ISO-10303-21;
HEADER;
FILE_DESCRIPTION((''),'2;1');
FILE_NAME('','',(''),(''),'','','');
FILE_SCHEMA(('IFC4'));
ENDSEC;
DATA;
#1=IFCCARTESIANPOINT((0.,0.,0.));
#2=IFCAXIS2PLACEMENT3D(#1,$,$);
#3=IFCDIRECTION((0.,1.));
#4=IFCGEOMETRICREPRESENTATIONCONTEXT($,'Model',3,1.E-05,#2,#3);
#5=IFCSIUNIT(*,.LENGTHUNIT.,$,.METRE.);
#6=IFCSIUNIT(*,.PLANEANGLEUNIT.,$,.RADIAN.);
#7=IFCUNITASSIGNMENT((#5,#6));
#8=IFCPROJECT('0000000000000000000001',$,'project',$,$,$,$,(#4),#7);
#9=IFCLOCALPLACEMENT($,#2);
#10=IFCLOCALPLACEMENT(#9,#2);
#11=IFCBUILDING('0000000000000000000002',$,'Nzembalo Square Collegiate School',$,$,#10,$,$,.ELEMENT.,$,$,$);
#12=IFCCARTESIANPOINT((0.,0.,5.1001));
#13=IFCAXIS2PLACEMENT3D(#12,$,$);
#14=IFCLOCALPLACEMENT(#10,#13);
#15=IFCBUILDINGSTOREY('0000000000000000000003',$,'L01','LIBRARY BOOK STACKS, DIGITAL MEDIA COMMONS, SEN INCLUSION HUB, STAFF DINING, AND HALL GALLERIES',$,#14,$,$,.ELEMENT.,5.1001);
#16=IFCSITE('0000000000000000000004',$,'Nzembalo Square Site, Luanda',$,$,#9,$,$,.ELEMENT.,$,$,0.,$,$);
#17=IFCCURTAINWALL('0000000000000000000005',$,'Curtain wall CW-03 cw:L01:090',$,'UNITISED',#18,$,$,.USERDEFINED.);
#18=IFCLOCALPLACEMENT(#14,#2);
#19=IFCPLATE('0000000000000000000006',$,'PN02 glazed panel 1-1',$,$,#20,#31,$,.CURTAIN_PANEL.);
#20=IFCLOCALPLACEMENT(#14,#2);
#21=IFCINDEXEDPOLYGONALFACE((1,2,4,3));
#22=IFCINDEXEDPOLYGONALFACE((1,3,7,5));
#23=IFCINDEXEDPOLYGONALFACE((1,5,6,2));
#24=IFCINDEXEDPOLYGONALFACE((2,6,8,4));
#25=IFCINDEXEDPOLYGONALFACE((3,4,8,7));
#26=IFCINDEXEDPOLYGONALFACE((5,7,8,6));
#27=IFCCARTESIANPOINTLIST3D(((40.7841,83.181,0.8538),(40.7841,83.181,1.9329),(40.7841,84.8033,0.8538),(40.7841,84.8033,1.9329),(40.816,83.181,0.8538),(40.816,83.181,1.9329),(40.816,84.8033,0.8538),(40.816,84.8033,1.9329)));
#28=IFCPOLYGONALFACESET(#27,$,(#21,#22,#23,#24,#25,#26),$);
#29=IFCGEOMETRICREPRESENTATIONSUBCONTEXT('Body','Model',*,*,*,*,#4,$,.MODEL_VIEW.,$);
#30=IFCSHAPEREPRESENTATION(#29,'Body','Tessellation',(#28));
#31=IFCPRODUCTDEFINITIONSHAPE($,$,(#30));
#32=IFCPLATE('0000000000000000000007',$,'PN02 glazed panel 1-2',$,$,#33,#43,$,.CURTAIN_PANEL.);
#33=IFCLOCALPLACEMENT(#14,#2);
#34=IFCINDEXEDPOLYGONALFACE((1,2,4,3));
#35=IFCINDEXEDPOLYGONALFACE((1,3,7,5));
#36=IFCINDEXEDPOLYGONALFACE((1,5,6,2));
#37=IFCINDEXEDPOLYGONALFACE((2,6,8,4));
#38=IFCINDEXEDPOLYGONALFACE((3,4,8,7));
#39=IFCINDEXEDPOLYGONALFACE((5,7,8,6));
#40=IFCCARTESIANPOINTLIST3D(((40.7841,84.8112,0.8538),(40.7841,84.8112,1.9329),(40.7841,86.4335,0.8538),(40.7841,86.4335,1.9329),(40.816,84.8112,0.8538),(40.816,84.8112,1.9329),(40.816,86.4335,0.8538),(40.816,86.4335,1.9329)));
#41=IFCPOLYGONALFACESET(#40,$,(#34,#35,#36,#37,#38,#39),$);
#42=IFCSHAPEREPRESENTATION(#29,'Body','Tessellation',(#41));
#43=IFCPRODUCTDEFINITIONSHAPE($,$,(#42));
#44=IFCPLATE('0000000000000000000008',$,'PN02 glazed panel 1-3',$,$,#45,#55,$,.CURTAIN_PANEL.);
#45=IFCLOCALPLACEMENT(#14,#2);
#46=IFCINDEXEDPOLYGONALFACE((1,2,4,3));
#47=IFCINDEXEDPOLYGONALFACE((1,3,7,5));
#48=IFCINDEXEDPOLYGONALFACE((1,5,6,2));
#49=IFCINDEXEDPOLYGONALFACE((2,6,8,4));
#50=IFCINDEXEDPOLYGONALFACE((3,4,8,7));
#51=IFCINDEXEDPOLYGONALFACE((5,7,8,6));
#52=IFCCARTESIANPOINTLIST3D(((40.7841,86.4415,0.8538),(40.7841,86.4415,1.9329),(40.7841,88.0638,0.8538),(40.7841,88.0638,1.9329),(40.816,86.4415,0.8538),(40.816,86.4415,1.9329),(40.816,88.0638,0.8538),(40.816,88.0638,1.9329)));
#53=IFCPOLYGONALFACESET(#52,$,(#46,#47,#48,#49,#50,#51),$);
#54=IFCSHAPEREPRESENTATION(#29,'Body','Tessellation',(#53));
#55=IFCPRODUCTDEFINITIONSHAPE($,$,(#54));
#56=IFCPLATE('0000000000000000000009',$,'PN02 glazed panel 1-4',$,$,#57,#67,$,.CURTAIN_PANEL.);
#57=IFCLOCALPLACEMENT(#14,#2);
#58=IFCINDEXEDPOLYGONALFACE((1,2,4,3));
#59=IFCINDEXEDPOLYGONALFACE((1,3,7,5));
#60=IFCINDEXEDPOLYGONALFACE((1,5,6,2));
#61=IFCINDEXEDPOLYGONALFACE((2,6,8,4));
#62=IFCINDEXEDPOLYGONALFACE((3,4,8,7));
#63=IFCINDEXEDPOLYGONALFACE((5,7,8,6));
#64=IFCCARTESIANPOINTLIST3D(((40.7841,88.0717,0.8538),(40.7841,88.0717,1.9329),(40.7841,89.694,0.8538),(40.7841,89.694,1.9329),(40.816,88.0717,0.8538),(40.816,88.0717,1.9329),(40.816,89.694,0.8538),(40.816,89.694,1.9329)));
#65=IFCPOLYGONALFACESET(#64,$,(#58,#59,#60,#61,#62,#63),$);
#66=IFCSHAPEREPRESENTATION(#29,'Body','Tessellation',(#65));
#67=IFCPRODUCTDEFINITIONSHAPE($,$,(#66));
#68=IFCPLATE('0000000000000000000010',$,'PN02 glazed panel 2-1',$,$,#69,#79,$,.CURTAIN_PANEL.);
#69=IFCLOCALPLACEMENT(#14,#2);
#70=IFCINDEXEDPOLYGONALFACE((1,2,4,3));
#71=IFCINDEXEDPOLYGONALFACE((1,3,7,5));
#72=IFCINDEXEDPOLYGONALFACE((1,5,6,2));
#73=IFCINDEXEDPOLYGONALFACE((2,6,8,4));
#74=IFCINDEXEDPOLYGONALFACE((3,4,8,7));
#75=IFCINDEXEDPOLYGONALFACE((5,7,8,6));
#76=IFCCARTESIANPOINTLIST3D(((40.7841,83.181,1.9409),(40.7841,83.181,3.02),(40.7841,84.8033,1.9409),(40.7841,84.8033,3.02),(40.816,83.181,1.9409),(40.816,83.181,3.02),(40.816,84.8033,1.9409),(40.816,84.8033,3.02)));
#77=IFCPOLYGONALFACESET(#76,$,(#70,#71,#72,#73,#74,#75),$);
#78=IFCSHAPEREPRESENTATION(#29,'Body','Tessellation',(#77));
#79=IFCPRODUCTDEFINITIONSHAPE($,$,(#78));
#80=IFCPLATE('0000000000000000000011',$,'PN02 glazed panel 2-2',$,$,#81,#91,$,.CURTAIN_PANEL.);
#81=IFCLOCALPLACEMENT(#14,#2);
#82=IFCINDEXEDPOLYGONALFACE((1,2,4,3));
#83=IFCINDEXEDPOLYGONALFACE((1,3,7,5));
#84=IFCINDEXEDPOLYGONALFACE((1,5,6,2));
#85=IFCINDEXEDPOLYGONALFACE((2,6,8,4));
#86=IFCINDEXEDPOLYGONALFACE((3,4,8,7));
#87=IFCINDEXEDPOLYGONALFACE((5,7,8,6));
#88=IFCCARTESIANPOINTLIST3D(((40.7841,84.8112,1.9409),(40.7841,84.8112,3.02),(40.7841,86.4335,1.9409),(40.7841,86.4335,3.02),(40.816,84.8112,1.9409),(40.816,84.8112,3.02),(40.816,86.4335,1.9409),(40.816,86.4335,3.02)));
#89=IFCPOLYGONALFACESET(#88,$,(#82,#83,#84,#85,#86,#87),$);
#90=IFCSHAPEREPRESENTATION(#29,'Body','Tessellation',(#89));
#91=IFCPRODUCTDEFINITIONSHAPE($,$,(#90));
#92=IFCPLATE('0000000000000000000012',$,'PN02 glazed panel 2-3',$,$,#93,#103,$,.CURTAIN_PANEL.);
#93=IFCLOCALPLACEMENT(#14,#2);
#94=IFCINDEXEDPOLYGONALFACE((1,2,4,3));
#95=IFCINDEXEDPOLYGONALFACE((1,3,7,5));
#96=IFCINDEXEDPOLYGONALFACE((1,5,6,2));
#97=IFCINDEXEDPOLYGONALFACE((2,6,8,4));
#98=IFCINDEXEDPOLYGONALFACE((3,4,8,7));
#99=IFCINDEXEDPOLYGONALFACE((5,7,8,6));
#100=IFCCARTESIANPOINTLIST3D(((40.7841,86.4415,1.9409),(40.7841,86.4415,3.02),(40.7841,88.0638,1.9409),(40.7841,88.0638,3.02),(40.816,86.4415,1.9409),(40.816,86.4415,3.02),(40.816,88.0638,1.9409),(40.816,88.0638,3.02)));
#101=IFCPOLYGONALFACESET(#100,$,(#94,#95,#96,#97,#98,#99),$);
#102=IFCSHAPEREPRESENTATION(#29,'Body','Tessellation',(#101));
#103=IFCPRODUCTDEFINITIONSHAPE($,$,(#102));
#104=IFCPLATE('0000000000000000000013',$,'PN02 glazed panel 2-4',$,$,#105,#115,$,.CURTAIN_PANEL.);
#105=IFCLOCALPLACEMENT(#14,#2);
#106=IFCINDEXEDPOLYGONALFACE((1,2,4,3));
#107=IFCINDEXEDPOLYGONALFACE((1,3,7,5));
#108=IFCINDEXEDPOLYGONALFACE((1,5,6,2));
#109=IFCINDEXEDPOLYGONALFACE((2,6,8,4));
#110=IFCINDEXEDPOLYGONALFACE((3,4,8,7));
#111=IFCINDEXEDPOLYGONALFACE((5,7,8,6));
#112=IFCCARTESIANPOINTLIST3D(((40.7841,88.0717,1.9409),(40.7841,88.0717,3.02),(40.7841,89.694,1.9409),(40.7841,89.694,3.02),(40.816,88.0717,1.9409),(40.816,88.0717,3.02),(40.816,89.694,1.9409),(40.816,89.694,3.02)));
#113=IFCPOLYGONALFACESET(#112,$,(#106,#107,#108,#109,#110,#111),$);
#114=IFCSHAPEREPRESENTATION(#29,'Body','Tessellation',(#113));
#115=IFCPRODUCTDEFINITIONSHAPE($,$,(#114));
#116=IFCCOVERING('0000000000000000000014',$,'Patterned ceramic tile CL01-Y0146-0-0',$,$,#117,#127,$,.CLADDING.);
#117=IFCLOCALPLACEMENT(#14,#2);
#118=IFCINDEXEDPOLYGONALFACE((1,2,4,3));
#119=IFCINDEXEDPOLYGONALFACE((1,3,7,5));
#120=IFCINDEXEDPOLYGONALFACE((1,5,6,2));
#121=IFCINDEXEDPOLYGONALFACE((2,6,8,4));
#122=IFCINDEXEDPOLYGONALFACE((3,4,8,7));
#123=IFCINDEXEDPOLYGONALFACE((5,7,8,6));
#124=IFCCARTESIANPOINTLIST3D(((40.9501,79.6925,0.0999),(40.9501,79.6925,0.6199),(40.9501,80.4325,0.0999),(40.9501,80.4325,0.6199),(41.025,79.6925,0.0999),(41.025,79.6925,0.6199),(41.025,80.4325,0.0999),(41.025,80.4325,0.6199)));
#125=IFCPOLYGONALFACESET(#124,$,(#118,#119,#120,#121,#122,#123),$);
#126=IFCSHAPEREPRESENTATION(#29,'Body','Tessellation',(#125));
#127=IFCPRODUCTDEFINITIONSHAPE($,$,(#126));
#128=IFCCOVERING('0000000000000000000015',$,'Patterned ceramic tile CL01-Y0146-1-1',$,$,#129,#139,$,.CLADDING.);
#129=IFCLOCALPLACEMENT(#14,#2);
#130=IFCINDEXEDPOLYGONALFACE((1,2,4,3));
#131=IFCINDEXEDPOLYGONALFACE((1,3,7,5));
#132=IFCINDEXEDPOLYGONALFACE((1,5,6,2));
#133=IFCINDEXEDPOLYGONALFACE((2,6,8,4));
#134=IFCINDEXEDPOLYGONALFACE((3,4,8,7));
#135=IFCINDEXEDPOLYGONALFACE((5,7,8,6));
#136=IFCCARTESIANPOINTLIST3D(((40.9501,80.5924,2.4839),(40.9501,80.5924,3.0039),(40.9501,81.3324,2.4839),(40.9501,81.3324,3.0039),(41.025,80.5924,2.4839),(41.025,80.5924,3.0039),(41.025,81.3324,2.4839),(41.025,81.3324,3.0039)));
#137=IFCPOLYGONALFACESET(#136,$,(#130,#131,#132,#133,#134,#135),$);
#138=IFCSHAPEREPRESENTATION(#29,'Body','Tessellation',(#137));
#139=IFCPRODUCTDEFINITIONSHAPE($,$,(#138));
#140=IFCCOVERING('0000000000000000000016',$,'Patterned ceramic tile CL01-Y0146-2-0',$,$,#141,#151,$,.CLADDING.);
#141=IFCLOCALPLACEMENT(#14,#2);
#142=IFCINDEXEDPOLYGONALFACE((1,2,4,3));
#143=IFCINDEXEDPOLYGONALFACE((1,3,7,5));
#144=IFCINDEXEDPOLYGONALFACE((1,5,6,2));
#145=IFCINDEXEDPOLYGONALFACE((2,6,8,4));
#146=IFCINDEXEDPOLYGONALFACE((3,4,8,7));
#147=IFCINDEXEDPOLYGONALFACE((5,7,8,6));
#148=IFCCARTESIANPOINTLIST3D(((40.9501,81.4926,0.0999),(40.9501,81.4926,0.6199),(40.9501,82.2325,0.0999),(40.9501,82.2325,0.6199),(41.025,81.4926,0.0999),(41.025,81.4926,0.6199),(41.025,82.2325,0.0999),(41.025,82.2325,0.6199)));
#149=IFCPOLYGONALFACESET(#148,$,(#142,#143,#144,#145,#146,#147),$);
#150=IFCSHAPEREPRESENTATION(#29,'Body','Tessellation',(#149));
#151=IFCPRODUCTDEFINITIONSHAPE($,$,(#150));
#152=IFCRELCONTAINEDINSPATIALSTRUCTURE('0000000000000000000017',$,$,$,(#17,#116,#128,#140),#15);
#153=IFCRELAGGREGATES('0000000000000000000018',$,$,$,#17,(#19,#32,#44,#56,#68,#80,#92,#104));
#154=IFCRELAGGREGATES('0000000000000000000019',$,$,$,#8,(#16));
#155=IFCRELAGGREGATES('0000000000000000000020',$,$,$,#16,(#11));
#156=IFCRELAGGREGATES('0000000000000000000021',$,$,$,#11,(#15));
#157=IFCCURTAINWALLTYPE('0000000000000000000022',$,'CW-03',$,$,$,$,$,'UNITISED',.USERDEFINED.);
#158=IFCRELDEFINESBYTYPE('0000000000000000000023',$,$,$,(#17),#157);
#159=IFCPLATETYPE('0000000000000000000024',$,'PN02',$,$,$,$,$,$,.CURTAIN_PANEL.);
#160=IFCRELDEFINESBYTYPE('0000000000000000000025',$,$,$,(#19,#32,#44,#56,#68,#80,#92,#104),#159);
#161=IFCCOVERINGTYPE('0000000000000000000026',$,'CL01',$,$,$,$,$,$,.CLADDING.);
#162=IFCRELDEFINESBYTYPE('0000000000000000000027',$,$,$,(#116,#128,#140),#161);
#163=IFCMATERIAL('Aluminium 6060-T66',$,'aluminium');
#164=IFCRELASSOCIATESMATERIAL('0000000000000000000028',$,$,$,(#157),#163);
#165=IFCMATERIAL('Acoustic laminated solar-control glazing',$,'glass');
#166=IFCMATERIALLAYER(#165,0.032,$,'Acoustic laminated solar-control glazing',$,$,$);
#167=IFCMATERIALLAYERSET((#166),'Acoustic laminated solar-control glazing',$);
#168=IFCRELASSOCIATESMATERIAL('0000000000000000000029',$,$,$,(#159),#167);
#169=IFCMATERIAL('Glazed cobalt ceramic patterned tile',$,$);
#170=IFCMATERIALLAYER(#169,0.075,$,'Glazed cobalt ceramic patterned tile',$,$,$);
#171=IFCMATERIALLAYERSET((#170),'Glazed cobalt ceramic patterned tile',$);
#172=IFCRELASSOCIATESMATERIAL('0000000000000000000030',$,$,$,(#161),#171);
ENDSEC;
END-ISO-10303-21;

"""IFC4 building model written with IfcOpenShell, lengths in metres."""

from ifc_helpers import new_model, si_unit, direction, frame, origin, origin_2d, place, context, subcontext, project, spatial, rectangle, extrude, material, layer, layer_set, type_object, element, aggregate, save


model = new_model("IFC4")

# Units and contexts
model_context = context("Model", 3, precision=1e-05, world=origin(), true_north=direction((0.0, 1.0)))
body_context = subcontext(model_context, "Body", "Model", "MODEL_VIEW")
ifc_project = project(units=[si_unit("LENGTHUNIT", "METRE"), si_unit("PLANEANGLEUNIT", "RADIAN")], contexts=[model_context])

# Site, building, storey
site_placement = place(None, origin())
site = spatial("IfcSite", under=ifc_project, at=site_placement, Name="Nzembalo Square Site, Luanda", CompositionType="ELEMENT", RefElevation=0.0)
building_placement = place(site_placement, origin())
building = spatial("IfcBuilding", under=site, at=building_placement, Name="Nzembalo Square Collegiate School", CompositionType="ELEMENT")
storey_placement = place(building_placement, frame((0.0, 0.0, 5.1001)))
storey = spatial("IfcBuildingStorey", under=building, at=storey_placement, Name="L01", Description="LIBRARY BOOK STACKS, DIGITAL MEDIA COMMONS, SEN INCLUSION HUB, STAFF DINING, AND HALL GALLERIES", CompositionType="ELEMENT", Elevation=5.1001)

# Curtain wall, plates
ifc_material_1 = material(Name="Aluminium 6060-T66", Category="aluminium")
curtain_wall_type = type_object("IfcCurtainWallType", Name="CW-03", ElementType="UNITISED", PredefinedType="USERDEFINED", material=ifc_material_1)
curtain_wall_placement = place(storey_placement, origin())
curtain_wall = element("IfcCurtainWall", 1, at=curtain_wall_placement, inside=storey, type_object=curtain_wall_type, Name="Curtain wall CW-03 cw:L01:090", ObjectType="UNITISED", PredefinedType="USERDEFINED")
ifc_material_2 = material(Name="Acoustic laminated solar-control glazing", Category="glass")
ifc_layer_1 = layer(ifc_material_2, 0.032, Name="Acoustic laminated solar-control glazing")
ifc_layer_set_1 = layer_set([ifc_layer_1], Name="Acoustic laminated solar-control glazing")
plate_type = type_object("IfcPlateType", Name="PN02", PredefinedType="CURTAIN_PANEL", material=ifc_layer_set_1)
plate_1_placement = place(storey_placement, frame((40.8, 83.9922, 0.8538), z_axis=(0.0, 0.0, 1.0), x_axis=(0.0, 1.0, 0.0)))
plate_1 = element("IfcPlate", 2, at=plate_1_placement, type_object=plate_type, Name="PN02 glazed panel 1-1", PredefinedType="CURTAIN_PANEL", context=body_context, shape_type="SweptSolid", body=[
    extrude(rectangle(XDim=1.6223, YDim=0.032, at=origin_2d()), origin(), (0.0, 0.0, 1.0), 1.0791),
])
plate_2_placement = place(storey_placement, frame((40.8, 85.6223, 0.8538), z_axis=(0.0, 0.0, 1.0), x_axis=(0.0, 1.0, 0.0)))
plate_2 = element("IfcPlate", 3, at=plate_2_placement, type_object=plate_type, Name="PN02 glazed panel 1-2", PredefinedType="CURTAIN_PANEL", context=body_context, shape_type="SweptSolid", body=[
    extrude(rectangle(XDim=1.6223, YDim=0.032, at=origin_2d()), origin(), (0.0, 0.0, 1.0), 1.0791),
])
plate_3_placement = place(storey_placement, frame((40.8, 87.2527, 0.8538), z_axis=(0.0, 0.0, 1.0), x_axis=(0.0, 1.0, 0.0)))
plate_3 = element("IfcPlate", 4, at=plate_3_placement, type_object=plate_type, Name="PN02 glazed panel 1-3", PredefinedType="CURTAIN_PANEL", context=body_context, shape_type="SweptSolid", body=[
    extrude(rectangle(XDim=1.6223, YDim=0.032, at=origin_2d()), origin(), (0.0, 0.0, 1.0), 1.0791),
])
plate_4_placement = place(storey_placement, frame((40.8, 88.8828, 0.8538), z_axis=(0.0, 0.0, 1.0), x_axis=(0.0, 1.0, 0.0)))
plate_4 = element("IfcPlate", 5, at=plate_4_placement, type_object=plate_type, Name="PN02 glazed panel 1-4", PredefinedType="CURTAIN_PANEL", context=body_context, shape_type="SweptSolid", body=[
    extrude(rectangle(XDim=1.6223, YDim=0.032, at=origin_2d()), origin(), (0.0, 0.0, 1.0), 1.0791),
])
plate_5_placement = place(storey_placement, frame((40.8, 83.9922, 1.9409), z_axis=(0.0, 0.0, 1.0), x_axis=(0.0, 1.0, 0.0)))
plate_5 = element("IfcPlate", 6, at=plate_5_placement, type_object=plate_type, Name="PN02 glazed panel 2-1", PredefinedType="CURTAIN_PANEL", context=body_context, shape_type="SweptSolid", body=[
    extrude(rectangle(XDim=1.6223, YDim=0.032, at=origin_2d()), origin(), (0.0, 0.0, 1.0), 1.0791),
])
plate_6_placement = place(storey_placement, frame((40.8, 85.6223, 1.9409), z_axis=(0.0, 0.0, 1.0), x_axis=(0.0, 1.0, 0.0)))
plate_6 = element("IfcPlate", 7, at=plate_6_placement, type_object=plate_type, Name="PN02 glazed panel 2-2", PredefinedType="CURTAIN_PANEL", context=body_context, shape_type="SweptSolid", body=[
    extrude(rectangle(XDim=1.6223, YDim=0.032, at=origin_2d()), origin(), (0.0, 0.0, 1.0), 1.0791),
])
plate_7_placement = place(storey_placement, frame((40.8, 87.2527, 1.9409), z_axis=(0.0, 0.0, 1.0), x_axis=(0.0, 1.0, 0.0)))
plate_7 = element("IfcPlate", 8, at=plate_7_placement, type_object=plate_type, Name="PN02 glazed panel 2-3", PredefinedType="CURTAIN_PANEL", context=body_context, shape_type="SweptSolid", body=[
    extrude(rectangle(XDim=1.6223, YDim=0.032, at=origin_2d()), origin(), (0.0, 0.0, 1.0), 1.0791),
])
plate_8_placement = place(storey_placement, frame((40.8, 88.8828, 1.9409), z_axis=(0.0, 0.0, 1.0), x_axis=(0.0, 1.0, 0.0)))
plate_8 = element("IfcPlate", 9, at=plate_8_placement, type_object=plate_type, Name="PN02 glazed panel 2-4", PredefinedType="CURTAIN_PANEL", context=body_context, shape_type="SweptSolid", body=[
    extrude(rectangle(XDim=1.6223, YDim=0.032, at=origin_2d()), origin(), (0.0, 0.0, 1.0), 1.0791),
])
aggregate(curtain_wall, [plate_1, plate_2, plate_3, plate_4, plate_5, plate_6, plate_7, plate_8])

# Coverings
ifc_material_3 = material(Name="Glazed cobalt ceramic patterned tile")
ifc_layer_2 = layer(ifc_material_3, 0.075, Name="Glazed cobalt ceramic patterned tile")
ifc_layer_set_2 = layer_set([ifc_layer_2], Name="Glazed cobalt ceramic patterned tile")
covering_type = type_object("IfcCoveringType", Name="CL01", PredefinedType="CLADDING", material=ifc_layer_set_2)
for number, where, z_axis, x_axis, name in (
    (10, (40.9875, 80.0625, 0.0999), (0.0, 0.0, 1.0), (1.0, 0.0, 0.0), "Patterned ceramic tile CL01-Y0146-0-0"),
    (11, (40.9875, 80.9624, 2.4839), (0.0, 0.0, 1.0), (1.0, 0.0, 0.0), "Patterned ceramic tile CL01-Y0146-1-1"),
    (12, (40.9875, 81.8625, 0.0999), (0.0, 0.0, 1.0), (1.0, 0.0, 0.0), "Patterned ceramic tile CL01-Y0146-2-0"),
):
    element("IfcCovering", number, at=place(storey_placement, frame(where, z_axis=z_axis, x_axis=x_axis)), inside=storey, type_object=covering_type, Name=name, PredefinedType="CLADDING", context=body_context, shape_type="SweptSolid", body=[
        extrude(rectangle(XDim=0.075, YDim=0.74, at=origin_2d()), origin(), (0.0, 0.0, 1.0), 0.52),
    ])

save(model, "model.ifc")
